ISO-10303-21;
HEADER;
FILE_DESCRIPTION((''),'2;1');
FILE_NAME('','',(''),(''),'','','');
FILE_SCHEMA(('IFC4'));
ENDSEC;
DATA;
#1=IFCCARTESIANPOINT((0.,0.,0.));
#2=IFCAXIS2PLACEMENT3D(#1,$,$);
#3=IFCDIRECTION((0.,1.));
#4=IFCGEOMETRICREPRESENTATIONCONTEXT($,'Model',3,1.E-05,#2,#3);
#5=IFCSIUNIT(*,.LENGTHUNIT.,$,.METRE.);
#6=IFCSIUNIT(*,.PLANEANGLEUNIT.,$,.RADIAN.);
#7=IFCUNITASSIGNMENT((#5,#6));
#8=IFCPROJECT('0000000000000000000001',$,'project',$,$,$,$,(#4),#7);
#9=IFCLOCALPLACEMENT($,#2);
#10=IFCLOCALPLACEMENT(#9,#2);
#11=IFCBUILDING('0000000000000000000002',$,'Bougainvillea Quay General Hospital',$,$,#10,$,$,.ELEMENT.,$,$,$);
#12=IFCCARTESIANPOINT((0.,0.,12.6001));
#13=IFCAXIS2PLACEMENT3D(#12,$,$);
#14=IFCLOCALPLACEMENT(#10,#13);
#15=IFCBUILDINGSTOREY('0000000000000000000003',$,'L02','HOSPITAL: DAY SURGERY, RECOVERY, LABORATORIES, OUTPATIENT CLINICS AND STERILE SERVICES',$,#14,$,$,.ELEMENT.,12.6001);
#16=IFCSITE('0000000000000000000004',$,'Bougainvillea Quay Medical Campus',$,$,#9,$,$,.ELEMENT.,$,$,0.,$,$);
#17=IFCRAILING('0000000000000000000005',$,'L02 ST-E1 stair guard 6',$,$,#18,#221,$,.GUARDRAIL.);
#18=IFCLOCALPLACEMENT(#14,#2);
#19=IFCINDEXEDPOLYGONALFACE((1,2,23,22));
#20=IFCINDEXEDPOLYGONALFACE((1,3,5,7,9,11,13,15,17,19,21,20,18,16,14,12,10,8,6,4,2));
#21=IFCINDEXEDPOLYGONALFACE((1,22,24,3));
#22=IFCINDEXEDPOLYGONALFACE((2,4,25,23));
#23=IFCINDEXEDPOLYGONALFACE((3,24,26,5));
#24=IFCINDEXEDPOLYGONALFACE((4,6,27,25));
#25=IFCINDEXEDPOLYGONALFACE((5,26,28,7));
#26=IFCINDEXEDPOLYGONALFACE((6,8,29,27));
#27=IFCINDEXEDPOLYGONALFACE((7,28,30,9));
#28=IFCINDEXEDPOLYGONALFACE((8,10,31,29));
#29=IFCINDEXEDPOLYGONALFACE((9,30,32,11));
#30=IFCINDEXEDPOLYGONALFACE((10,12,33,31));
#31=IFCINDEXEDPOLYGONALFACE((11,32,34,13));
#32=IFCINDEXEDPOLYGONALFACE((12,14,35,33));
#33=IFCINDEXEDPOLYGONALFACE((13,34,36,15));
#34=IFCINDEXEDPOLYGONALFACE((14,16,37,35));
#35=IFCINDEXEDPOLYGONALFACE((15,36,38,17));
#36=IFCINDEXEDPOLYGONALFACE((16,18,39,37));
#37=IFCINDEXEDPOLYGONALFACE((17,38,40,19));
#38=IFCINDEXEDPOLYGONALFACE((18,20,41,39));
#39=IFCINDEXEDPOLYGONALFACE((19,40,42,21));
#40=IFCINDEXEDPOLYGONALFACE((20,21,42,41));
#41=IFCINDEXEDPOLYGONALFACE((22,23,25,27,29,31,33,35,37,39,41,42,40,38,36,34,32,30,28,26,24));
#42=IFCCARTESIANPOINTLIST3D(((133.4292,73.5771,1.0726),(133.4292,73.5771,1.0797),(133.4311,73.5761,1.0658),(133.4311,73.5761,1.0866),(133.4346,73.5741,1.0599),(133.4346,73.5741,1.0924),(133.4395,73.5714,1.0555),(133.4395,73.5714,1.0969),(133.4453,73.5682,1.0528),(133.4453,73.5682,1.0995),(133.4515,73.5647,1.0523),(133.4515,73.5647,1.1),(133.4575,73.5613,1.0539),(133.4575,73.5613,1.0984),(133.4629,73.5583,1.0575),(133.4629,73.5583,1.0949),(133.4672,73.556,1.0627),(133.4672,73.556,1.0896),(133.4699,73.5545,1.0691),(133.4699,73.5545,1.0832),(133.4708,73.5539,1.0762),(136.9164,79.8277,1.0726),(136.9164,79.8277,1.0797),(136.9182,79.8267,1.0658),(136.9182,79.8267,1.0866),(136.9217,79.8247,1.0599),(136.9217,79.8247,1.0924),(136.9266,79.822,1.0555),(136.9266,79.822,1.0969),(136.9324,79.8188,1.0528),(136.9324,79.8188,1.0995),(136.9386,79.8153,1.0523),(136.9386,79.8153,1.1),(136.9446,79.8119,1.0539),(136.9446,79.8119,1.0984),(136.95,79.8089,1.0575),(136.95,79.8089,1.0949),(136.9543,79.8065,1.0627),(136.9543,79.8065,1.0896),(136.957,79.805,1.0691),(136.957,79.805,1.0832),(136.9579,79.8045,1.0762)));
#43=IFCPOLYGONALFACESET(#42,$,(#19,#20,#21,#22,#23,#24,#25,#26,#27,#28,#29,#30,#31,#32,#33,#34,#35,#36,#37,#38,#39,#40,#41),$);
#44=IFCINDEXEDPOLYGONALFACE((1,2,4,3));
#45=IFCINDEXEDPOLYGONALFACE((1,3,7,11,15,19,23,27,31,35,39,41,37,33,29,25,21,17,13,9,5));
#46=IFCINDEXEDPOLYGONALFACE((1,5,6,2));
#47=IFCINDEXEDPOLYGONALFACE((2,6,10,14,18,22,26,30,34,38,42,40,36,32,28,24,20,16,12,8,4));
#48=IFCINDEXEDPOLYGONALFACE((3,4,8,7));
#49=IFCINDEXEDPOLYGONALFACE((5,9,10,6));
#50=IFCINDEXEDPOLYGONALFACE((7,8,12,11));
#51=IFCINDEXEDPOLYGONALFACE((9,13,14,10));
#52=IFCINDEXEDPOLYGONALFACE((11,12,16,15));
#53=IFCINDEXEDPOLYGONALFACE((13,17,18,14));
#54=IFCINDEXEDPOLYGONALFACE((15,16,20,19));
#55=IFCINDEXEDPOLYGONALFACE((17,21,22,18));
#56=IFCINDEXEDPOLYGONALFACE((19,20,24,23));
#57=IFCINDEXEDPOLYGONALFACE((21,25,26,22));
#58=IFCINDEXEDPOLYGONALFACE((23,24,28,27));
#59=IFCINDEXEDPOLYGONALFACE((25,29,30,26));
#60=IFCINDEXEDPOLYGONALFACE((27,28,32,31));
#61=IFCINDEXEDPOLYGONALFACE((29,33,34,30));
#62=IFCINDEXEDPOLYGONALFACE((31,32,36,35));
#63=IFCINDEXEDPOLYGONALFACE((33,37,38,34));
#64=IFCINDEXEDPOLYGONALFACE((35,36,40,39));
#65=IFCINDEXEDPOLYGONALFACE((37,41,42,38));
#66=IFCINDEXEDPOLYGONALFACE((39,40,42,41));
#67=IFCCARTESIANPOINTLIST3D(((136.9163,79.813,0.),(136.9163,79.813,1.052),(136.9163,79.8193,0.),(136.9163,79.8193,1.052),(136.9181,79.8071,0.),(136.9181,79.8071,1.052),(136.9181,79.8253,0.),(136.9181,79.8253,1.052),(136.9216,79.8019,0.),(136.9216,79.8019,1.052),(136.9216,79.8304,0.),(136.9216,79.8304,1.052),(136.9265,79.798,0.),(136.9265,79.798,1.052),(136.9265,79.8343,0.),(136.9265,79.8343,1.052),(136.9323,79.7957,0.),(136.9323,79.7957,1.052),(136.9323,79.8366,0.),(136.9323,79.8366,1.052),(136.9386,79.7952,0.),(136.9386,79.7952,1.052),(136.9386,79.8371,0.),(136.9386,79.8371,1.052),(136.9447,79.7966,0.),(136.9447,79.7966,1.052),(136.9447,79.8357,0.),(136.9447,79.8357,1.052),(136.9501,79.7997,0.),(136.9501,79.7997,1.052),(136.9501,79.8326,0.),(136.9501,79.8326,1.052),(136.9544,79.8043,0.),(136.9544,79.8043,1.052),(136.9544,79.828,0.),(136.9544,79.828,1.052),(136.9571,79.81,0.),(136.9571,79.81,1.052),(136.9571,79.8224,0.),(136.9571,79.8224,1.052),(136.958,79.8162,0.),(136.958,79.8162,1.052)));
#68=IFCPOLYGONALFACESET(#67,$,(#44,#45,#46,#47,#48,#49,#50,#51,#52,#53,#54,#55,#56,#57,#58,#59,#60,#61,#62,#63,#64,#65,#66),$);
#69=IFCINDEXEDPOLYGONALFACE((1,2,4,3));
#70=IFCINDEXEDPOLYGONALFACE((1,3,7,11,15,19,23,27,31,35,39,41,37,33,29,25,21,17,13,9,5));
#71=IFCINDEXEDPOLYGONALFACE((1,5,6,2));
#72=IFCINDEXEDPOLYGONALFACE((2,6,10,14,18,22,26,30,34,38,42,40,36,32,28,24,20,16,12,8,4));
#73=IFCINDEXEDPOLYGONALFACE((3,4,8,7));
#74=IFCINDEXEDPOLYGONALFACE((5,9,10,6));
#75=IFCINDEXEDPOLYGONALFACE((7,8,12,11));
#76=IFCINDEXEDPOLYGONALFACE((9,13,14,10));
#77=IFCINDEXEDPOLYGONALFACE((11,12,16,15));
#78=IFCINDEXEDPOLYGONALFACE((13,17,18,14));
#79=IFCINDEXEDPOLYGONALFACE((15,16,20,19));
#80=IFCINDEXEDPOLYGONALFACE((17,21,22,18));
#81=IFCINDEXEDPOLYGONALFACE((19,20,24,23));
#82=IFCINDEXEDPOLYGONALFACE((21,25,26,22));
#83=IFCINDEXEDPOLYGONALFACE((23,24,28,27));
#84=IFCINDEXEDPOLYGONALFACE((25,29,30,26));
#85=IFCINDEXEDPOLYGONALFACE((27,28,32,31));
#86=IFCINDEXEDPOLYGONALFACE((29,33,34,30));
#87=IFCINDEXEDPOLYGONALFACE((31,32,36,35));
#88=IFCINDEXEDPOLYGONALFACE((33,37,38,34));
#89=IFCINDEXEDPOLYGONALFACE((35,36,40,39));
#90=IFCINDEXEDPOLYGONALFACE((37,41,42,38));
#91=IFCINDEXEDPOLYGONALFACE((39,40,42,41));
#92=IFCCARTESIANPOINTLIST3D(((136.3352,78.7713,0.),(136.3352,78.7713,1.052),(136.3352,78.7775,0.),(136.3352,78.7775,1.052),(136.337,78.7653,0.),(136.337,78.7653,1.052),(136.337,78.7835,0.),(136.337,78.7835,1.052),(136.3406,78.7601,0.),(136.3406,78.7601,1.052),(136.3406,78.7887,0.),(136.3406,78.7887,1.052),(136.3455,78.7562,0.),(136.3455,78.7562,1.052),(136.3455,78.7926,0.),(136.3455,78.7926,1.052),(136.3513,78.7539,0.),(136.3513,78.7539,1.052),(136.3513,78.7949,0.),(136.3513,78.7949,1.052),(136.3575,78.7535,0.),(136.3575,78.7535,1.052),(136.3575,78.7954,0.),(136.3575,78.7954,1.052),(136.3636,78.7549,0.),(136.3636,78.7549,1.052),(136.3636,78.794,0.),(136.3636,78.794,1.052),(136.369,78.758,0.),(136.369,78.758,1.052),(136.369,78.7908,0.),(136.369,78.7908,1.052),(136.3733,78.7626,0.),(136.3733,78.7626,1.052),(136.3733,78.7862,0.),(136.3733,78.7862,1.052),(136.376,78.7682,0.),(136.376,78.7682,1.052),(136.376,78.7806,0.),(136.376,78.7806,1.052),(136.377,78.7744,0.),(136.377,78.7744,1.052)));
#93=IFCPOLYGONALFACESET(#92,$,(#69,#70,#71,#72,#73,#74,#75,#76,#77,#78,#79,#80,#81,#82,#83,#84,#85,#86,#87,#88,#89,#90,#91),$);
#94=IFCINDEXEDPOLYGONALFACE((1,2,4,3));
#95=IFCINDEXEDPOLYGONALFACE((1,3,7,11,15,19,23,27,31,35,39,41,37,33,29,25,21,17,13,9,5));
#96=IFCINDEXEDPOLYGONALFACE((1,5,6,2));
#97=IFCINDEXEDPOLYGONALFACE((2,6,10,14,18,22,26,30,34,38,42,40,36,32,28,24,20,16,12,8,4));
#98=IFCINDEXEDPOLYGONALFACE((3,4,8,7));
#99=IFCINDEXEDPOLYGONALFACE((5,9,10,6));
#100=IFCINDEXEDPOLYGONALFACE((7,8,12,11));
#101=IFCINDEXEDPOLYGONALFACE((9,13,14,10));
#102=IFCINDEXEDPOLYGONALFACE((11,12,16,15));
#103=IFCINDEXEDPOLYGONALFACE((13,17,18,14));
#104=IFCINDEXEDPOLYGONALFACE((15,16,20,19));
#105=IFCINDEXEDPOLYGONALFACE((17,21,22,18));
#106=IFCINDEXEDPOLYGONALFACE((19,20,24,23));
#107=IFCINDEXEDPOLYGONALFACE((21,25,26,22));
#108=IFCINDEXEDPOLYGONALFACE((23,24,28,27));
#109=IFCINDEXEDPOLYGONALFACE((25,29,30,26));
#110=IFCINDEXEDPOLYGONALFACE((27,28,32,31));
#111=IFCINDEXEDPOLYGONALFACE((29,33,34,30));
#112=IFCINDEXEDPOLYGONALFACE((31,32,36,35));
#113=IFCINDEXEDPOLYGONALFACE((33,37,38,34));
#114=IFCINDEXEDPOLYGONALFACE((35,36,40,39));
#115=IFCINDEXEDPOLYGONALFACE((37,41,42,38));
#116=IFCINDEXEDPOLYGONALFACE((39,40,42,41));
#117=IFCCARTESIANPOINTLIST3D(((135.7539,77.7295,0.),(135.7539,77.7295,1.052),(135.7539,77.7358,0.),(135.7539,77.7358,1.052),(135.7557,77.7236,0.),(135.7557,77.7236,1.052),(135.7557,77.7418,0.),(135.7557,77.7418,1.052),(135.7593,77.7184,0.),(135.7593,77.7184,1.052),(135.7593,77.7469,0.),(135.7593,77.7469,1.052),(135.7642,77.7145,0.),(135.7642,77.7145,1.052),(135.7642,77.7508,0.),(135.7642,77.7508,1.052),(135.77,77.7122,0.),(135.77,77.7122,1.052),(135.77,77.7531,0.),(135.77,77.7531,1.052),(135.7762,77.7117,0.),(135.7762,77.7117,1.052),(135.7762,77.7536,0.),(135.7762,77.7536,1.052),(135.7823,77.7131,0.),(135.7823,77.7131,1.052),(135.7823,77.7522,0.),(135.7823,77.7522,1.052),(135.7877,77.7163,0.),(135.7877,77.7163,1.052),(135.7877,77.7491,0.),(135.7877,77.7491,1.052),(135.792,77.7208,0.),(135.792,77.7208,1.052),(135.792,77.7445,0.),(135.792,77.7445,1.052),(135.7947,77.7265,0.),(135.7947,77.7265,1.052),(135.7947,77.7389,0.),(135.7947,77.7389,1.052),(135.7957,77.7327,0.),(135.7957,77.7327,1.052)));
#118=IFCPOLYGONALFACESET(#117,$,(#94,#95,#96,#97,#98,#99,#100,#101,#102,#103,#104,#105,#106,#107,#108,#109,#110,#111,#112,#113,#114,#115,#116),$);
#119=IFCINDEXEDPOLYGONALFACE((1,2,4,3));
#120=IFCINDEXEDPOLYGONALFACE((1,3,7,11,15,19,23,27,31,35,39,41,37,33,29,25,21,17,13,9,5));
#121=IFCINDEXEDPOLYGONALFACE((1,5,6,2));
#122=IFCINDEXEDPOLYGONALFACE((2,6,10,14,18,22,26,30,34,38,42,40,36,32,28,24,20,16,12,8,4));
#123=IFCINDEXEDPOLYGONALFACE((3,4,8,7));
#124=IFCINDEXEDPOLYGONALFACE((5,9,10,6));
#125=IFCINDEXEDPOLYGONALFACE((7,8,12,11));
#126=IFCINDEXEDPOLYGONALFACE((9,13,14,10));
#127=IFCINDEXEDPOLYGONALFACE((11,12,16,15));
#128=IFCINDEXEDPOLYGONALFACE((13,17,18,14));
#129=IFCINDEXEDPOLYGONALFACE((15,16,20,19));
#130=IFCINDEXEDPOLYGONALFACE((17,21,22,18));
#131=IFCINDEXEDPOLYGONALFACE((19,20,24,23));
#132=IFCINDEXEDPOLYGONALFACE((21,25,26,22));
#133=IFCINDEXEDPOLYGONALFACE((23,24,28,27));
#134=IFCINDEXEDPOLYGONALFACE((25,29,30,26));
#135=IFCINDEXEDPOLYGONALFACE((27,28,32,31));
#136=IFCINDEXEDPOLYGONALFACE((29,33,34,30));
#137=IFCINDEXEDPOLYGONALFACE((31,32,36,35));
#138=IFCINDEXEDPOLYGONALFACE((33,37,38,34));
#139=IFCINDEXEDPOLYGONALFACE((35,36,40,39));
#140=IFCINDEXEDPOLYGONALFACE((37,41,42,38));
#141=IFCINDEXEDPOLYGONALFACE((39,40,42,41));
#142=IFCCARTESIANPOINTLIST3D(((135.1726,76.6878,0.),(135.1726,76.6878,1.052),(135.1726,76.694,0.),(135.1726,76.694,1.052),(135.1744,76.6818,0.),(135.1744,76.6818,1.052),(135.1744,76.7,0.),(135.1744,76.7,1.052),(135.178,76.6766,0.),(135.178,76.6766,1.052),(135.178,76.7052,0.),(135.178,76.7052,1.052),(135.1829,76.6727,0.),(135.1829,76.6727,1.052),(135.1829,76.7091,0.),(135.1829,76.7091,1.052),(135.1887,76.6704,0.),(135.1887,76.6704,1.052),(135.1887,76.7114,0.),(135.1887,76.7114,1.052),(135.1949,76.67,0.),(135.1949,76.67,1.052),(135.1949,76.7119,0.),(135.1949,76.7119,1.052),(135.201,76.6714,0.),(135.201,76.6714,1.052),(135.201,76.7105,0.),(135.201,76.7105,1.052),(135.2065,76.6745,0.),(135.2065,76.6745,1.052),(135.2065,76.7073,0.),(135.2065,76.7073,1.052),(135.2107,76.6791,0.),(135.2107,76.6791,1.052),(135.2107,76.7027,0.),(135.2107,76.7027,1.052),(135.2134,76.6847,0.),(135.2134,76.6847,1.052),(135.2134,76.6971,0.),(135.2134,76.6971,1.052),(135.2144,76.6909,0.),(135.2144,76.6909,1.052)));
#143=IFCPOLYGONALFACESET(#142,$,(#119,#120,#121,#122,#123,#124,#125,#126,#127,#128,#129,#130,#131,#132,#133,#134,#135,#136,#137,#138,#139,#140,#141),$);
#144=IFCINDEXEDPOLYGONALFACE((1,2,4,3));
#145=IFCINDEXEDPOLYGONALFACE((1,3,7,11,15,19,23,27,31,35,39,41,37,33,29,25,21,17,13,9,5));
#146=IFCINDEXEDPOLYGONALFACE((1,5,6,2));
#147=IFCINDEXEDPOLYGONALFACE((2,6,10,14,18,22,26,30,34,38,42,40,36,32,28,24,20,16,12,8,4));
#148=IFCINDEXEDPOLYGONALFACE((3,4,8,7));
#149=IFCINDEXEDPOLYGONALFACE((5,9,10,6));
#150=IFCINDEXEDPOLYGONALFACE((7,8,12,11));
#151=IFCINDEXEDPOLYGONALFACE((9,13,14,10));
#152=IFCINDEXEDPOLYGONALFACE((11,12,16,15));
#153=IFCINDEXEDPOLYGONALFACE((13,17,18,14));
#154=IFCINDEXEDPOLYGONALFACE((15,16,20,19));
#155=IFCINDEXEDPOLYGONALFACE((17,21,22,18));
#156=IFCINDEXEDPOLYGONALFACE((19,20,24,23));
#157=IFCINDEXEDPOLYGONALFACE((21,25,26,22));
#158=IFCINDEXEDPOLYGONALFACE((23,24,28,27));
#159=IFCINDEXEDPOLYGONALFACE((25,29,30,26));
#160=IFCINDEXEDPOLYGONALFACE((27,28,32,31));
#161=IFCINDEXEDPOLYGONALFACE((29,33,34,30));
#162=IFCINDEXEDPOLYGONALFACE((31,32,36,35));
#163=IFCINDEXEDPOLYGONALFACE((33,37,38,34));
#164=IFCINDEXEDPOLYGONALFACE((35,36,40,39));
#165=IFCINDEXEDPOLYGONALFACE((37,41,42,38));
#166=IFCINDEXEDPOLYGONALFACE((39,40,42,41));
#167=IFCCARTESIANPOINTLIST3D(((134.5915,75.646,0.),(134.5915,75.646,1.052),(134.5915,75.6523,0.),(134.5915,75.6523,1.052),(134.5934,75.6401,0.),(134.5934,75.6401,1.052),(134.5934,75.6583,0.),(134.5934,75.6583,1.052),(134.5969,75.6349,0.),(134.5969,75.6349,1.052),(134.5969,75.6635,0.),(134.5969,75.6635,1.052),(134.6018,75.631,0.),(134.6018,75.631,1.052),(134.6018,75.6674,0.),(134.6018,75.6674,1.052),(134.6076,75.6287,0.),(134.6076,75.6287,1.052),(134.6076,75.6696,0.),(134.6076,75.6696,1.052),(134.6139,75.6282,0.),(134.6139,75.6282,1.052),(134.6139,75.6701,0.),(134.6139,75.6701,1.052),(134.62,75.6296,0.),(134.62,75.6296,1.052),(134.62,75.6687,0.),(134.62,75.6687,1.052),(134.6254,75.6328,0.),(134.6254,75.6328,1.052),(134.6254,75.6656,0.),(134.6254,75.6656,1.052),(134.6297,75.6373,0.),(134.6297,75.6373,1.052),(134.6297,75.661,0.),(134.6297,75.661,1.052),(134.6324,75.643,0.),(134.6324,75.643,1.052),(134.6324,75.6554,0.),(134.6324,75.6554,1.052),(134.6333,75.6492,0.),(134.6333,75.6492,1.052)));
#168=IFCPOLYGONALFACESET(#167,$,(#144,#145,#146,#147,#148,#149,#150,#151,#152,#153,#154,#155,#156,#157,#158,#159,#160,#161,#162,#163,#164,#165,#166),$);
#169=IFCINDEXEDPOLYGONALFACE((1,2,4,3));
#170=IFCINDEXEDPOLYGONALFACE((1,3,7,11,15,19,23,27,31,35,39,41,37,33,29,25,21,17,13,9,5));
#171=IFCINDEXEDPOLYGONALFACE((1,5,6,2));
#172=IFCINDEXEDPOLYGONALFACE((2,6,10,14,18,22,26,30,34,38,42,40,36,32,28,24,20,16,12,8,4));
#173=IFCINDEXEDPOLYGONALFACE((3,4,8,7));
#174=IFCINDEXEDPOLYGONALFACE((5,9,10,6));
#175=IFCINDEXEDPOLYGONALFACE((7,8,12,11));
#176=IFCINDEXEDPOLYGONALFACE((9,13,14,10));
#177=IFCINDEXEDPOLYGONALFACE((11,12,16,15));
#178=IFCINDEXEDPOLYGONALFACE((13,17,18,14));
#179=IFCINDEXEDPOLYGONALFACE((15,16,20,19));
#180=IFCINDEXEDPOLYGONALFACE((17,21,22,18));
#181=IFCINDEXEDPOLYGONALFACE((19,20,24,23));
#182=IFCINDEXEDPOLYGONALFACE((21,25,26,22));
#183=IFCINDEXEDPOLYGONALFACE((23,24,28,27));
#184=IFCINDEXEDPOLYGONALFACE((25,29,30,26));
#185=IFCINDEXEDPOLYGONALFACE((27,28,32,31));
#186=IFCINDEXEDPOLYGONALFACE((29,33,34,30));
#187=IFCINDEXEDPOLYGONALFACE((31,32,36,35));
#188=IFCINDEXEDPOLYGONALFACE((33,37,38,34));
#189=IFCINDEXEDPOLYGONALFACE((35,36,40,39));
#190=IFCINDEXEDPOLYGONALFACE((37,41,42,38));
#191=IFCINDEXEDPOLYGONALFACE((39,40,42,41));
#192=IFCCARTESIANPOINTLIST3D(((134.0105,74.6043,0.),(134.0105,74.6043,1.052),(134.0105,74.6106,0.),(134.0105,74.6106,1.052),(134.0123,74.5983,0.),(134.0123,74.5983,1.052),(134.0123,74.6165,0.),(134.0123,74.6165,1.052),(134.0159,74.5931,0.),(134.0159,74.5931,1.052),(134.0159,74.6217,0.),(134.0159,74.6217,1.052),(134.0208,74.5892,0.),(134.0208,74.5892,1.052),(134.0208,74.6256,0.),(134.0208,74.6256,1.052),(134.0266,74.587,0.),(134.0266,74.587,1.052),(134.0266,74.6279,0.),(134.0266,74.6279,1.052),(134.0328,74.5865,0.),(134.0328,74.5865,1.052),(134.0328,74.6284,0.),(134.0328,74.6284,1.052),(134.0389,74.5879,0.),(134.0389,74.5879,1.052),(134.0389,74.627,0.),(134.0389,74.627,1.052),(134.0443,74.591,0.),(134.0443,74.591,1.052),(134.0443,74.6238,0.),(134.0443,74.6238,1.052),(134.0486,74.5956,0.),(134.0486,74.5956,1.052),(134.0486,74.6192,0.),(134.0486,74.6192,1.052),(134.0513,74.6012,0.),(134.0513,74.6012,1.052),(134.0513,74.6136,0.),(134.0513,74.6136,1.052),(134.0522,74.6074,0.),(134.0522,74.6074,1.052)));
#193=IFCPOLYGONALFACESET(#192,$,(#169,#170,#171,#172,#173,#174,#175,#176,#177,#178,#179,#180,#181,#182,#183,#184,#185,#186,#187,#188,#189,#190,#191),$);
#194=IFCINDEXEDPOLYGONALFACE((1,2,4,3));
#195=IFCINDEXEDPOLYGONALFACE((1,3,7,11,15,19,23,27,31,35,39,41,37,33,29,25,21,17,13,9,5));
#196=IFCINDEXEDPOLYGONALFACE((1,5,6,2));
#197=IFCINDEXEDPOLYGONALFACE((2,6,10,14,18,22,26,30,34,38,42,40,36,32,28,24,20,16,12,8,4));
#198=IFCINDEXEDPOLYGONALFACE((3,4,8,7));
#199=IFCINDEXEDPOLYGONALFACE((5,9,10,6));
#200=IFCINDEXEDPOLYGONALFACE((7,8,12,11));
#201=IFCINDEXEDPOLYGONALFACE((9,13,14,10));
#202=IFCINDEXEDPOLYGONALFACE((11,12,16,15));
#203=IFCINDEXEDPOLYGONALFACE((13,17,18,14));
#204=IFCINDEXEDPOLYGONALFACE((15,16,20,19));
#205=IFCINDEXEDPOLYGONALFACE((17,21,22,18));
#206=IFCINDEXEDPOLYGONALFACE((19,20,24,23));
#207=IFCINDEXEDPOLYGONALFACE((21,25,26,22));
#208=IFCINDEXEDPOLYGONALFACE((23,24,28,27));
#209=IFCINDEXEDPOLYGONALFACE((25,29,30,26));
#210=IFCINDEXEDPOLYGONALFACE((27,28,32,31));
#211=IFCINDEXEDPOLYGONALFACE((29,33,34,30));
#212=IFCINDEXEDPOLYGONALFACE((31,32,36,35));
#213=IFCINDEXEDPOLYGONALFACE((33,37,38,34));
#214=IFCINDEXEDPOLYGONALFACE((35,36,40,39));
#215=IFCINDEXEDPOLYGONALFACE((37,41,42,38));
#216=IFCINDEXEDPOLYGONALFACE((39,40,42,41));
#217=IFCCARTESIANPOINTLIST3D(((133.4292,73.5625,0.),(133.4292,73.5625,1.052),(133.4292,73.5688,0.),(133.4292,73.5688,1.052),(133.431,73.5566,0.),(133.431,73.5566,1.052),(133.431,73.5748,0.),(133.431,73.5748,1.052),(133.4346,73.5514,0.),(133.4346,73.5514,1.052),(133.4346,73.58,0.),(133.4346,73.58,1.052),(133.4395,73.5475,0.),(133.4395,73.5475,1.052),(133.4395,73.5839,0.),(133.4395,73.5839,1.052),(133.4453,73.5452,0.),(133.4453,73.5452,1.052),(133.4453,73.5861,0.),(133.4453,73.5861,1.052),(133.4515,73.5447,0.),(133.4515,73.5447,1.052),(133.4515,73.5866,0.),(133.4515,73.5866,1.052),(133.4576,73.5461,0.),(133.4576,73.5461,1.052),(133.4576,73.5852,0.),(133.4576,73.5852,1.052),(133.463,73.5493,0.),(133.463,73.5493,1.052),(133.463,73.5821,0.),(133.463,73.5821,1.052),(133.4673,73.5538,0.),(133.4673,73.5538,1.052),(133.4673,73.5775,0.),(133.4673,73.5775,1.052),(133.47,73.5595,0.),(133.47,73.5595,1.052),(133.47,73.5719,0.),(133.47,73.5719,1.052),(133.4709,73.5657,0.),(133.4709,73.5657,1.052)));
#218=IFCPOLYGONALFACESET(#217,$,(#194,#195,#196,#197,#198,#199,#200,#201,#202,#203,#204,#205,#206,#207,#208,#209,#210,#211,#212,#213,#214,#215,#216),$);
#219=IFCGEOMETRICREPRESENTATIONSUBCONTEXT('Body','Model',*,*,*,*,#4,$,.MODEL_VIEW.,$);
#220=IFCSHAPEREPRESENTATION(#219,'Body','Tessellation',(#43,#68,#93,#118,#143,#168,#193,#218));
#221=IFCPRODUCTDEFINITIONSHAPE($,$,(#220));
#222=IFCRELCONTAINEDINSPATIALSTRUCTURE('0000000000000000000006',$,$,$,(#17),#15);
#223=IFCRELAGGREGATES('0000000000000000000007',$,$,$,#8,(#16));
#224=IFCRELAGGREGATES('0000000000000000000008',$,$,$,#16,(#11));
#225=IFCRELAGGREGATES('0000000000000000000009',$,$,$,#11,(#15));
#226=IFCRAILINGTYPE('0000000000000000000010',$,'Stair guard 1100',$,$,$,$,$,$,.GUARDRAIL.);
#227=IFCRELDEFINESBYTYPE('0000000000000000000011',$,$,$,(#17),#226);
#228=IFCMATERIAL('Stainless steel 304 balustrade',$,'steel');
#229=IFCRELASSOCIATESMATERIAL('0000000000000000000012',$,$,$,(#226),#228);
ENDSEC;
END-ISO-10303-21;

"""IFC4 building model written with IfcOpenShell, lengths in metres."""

from ifc_helpers import new_model, si_unit, direction, frame, origin, origin_2d, place, context, subcontext, project, spatial, circle, extrude, material, type_object, element, save


model = new_model("IFC4")

# Units and contexts
model_context = context("Model", 3, precision=1e-05, world=origin(), true_north=direction((0.0, 1.0)))
body_context = subcontext(model_context, "Body", "Model", "MODEL_VIEW")
ifc_project = project(units=[si_unit("LENGTHUNIT", "METRE"), si_unit("PLANEANGLEUNIT", "RADIAN")], contexts=[model_context])

# Site, building, storey
site_placement = place(None, origin())
site = spatial("IfcSite", under=ifc_project, at=site_placement, Name="Bougainvillea Quay Medical Campus", CompositionType="ELEMENT", RefElevation=0.0)
building_placement = place(site_placement, origin())
building = spatial("IfcBuilding", under=site, at=building_placement, Name="Bougainvillea Quay General Hospital", CompositionType="ELEMENT")
storey_placement = place(building_placement, frame((0.0, 0.0, 12.6001)))
storey = spatial("IfcBuildingStorey", under=building, at=storey_placement, Name="L02", Description="HOSPITAL: DAY SURGERY, RECOVERY, LABORATORIES, OUTPATIENT CLINICS AND STERILE SERVICES", CompositionType="ELEMENT", Elevation=12.6001)

# Railing
ifc_material_1 = material(Name="Stainless steel 304 balustrade", Category="steel")
railing_type_1 = type_object("IfcRailingType", Name="Stair guard 1100", PredefinedType="GUARDRAIL", material=ifc_material_1)
railing_1_placement = place(storey_placement, frame((136.937, 79.8162, 0.0)))
element("IfcRailing", 1, at=railing_1_placement, inside=storey, type_object=railing_type_1, Name="L02 ST-E1 stair guard 6", PredefinedType="GUARDRAIL", context=body_context, shape_type="SweptSolid", body=[
    extrude(circle(Radius=0.0239, at=origin_2d()), frame((0.0, 0.0, 1.0762), z_axis=(-0.487197, -0.873292, 0.0), x_axis=(0.873292, -0.487197, 0.0)), (0.0, 0.0, 1.0), 7.1575),
    extrude(circle(Radius=0.021, at=origin_2d()), origin(), (0.0, 0.0, 1.0), 1.052),
    extrude(circle(Radius=0.021, at=origin_2d()), frame((-0.5811, -1.0417, 0.0)), (0.0, 0.0, 1.0), 1.052),
    extrude(circle(Radius=0.021, at=origin_2d()), frame((-1.1624, -2.0835, 0.0)), (0.0, 0.0, 1.0), 1.052),
    extrude(circle(Radius=0.021, at=origin_2d()), frame((-1.7437, -3.1252, 0.0)), (0.0, 0.0, 1.0), 1.052),
    extrude(circle(Radius=0.021, at=origin_2d()), frame((-2.3247, -4.167, 0.0)), (0.0, 0.0, 1.0), 1.052),
    extrude(circle(Radius=0.021, at=origin_2d()), frame((-2.9058, -5.2087, 0.0)), (0.0, 0.0, 1.0), 1.052),
    extrude(circle(Radius=0.021, at=origin_2d()), frame((-3.4871, -6.2505, 0.0)), (0.0, 0.0, 1.0), 1.052),
])

save(model, "model.ifc")
